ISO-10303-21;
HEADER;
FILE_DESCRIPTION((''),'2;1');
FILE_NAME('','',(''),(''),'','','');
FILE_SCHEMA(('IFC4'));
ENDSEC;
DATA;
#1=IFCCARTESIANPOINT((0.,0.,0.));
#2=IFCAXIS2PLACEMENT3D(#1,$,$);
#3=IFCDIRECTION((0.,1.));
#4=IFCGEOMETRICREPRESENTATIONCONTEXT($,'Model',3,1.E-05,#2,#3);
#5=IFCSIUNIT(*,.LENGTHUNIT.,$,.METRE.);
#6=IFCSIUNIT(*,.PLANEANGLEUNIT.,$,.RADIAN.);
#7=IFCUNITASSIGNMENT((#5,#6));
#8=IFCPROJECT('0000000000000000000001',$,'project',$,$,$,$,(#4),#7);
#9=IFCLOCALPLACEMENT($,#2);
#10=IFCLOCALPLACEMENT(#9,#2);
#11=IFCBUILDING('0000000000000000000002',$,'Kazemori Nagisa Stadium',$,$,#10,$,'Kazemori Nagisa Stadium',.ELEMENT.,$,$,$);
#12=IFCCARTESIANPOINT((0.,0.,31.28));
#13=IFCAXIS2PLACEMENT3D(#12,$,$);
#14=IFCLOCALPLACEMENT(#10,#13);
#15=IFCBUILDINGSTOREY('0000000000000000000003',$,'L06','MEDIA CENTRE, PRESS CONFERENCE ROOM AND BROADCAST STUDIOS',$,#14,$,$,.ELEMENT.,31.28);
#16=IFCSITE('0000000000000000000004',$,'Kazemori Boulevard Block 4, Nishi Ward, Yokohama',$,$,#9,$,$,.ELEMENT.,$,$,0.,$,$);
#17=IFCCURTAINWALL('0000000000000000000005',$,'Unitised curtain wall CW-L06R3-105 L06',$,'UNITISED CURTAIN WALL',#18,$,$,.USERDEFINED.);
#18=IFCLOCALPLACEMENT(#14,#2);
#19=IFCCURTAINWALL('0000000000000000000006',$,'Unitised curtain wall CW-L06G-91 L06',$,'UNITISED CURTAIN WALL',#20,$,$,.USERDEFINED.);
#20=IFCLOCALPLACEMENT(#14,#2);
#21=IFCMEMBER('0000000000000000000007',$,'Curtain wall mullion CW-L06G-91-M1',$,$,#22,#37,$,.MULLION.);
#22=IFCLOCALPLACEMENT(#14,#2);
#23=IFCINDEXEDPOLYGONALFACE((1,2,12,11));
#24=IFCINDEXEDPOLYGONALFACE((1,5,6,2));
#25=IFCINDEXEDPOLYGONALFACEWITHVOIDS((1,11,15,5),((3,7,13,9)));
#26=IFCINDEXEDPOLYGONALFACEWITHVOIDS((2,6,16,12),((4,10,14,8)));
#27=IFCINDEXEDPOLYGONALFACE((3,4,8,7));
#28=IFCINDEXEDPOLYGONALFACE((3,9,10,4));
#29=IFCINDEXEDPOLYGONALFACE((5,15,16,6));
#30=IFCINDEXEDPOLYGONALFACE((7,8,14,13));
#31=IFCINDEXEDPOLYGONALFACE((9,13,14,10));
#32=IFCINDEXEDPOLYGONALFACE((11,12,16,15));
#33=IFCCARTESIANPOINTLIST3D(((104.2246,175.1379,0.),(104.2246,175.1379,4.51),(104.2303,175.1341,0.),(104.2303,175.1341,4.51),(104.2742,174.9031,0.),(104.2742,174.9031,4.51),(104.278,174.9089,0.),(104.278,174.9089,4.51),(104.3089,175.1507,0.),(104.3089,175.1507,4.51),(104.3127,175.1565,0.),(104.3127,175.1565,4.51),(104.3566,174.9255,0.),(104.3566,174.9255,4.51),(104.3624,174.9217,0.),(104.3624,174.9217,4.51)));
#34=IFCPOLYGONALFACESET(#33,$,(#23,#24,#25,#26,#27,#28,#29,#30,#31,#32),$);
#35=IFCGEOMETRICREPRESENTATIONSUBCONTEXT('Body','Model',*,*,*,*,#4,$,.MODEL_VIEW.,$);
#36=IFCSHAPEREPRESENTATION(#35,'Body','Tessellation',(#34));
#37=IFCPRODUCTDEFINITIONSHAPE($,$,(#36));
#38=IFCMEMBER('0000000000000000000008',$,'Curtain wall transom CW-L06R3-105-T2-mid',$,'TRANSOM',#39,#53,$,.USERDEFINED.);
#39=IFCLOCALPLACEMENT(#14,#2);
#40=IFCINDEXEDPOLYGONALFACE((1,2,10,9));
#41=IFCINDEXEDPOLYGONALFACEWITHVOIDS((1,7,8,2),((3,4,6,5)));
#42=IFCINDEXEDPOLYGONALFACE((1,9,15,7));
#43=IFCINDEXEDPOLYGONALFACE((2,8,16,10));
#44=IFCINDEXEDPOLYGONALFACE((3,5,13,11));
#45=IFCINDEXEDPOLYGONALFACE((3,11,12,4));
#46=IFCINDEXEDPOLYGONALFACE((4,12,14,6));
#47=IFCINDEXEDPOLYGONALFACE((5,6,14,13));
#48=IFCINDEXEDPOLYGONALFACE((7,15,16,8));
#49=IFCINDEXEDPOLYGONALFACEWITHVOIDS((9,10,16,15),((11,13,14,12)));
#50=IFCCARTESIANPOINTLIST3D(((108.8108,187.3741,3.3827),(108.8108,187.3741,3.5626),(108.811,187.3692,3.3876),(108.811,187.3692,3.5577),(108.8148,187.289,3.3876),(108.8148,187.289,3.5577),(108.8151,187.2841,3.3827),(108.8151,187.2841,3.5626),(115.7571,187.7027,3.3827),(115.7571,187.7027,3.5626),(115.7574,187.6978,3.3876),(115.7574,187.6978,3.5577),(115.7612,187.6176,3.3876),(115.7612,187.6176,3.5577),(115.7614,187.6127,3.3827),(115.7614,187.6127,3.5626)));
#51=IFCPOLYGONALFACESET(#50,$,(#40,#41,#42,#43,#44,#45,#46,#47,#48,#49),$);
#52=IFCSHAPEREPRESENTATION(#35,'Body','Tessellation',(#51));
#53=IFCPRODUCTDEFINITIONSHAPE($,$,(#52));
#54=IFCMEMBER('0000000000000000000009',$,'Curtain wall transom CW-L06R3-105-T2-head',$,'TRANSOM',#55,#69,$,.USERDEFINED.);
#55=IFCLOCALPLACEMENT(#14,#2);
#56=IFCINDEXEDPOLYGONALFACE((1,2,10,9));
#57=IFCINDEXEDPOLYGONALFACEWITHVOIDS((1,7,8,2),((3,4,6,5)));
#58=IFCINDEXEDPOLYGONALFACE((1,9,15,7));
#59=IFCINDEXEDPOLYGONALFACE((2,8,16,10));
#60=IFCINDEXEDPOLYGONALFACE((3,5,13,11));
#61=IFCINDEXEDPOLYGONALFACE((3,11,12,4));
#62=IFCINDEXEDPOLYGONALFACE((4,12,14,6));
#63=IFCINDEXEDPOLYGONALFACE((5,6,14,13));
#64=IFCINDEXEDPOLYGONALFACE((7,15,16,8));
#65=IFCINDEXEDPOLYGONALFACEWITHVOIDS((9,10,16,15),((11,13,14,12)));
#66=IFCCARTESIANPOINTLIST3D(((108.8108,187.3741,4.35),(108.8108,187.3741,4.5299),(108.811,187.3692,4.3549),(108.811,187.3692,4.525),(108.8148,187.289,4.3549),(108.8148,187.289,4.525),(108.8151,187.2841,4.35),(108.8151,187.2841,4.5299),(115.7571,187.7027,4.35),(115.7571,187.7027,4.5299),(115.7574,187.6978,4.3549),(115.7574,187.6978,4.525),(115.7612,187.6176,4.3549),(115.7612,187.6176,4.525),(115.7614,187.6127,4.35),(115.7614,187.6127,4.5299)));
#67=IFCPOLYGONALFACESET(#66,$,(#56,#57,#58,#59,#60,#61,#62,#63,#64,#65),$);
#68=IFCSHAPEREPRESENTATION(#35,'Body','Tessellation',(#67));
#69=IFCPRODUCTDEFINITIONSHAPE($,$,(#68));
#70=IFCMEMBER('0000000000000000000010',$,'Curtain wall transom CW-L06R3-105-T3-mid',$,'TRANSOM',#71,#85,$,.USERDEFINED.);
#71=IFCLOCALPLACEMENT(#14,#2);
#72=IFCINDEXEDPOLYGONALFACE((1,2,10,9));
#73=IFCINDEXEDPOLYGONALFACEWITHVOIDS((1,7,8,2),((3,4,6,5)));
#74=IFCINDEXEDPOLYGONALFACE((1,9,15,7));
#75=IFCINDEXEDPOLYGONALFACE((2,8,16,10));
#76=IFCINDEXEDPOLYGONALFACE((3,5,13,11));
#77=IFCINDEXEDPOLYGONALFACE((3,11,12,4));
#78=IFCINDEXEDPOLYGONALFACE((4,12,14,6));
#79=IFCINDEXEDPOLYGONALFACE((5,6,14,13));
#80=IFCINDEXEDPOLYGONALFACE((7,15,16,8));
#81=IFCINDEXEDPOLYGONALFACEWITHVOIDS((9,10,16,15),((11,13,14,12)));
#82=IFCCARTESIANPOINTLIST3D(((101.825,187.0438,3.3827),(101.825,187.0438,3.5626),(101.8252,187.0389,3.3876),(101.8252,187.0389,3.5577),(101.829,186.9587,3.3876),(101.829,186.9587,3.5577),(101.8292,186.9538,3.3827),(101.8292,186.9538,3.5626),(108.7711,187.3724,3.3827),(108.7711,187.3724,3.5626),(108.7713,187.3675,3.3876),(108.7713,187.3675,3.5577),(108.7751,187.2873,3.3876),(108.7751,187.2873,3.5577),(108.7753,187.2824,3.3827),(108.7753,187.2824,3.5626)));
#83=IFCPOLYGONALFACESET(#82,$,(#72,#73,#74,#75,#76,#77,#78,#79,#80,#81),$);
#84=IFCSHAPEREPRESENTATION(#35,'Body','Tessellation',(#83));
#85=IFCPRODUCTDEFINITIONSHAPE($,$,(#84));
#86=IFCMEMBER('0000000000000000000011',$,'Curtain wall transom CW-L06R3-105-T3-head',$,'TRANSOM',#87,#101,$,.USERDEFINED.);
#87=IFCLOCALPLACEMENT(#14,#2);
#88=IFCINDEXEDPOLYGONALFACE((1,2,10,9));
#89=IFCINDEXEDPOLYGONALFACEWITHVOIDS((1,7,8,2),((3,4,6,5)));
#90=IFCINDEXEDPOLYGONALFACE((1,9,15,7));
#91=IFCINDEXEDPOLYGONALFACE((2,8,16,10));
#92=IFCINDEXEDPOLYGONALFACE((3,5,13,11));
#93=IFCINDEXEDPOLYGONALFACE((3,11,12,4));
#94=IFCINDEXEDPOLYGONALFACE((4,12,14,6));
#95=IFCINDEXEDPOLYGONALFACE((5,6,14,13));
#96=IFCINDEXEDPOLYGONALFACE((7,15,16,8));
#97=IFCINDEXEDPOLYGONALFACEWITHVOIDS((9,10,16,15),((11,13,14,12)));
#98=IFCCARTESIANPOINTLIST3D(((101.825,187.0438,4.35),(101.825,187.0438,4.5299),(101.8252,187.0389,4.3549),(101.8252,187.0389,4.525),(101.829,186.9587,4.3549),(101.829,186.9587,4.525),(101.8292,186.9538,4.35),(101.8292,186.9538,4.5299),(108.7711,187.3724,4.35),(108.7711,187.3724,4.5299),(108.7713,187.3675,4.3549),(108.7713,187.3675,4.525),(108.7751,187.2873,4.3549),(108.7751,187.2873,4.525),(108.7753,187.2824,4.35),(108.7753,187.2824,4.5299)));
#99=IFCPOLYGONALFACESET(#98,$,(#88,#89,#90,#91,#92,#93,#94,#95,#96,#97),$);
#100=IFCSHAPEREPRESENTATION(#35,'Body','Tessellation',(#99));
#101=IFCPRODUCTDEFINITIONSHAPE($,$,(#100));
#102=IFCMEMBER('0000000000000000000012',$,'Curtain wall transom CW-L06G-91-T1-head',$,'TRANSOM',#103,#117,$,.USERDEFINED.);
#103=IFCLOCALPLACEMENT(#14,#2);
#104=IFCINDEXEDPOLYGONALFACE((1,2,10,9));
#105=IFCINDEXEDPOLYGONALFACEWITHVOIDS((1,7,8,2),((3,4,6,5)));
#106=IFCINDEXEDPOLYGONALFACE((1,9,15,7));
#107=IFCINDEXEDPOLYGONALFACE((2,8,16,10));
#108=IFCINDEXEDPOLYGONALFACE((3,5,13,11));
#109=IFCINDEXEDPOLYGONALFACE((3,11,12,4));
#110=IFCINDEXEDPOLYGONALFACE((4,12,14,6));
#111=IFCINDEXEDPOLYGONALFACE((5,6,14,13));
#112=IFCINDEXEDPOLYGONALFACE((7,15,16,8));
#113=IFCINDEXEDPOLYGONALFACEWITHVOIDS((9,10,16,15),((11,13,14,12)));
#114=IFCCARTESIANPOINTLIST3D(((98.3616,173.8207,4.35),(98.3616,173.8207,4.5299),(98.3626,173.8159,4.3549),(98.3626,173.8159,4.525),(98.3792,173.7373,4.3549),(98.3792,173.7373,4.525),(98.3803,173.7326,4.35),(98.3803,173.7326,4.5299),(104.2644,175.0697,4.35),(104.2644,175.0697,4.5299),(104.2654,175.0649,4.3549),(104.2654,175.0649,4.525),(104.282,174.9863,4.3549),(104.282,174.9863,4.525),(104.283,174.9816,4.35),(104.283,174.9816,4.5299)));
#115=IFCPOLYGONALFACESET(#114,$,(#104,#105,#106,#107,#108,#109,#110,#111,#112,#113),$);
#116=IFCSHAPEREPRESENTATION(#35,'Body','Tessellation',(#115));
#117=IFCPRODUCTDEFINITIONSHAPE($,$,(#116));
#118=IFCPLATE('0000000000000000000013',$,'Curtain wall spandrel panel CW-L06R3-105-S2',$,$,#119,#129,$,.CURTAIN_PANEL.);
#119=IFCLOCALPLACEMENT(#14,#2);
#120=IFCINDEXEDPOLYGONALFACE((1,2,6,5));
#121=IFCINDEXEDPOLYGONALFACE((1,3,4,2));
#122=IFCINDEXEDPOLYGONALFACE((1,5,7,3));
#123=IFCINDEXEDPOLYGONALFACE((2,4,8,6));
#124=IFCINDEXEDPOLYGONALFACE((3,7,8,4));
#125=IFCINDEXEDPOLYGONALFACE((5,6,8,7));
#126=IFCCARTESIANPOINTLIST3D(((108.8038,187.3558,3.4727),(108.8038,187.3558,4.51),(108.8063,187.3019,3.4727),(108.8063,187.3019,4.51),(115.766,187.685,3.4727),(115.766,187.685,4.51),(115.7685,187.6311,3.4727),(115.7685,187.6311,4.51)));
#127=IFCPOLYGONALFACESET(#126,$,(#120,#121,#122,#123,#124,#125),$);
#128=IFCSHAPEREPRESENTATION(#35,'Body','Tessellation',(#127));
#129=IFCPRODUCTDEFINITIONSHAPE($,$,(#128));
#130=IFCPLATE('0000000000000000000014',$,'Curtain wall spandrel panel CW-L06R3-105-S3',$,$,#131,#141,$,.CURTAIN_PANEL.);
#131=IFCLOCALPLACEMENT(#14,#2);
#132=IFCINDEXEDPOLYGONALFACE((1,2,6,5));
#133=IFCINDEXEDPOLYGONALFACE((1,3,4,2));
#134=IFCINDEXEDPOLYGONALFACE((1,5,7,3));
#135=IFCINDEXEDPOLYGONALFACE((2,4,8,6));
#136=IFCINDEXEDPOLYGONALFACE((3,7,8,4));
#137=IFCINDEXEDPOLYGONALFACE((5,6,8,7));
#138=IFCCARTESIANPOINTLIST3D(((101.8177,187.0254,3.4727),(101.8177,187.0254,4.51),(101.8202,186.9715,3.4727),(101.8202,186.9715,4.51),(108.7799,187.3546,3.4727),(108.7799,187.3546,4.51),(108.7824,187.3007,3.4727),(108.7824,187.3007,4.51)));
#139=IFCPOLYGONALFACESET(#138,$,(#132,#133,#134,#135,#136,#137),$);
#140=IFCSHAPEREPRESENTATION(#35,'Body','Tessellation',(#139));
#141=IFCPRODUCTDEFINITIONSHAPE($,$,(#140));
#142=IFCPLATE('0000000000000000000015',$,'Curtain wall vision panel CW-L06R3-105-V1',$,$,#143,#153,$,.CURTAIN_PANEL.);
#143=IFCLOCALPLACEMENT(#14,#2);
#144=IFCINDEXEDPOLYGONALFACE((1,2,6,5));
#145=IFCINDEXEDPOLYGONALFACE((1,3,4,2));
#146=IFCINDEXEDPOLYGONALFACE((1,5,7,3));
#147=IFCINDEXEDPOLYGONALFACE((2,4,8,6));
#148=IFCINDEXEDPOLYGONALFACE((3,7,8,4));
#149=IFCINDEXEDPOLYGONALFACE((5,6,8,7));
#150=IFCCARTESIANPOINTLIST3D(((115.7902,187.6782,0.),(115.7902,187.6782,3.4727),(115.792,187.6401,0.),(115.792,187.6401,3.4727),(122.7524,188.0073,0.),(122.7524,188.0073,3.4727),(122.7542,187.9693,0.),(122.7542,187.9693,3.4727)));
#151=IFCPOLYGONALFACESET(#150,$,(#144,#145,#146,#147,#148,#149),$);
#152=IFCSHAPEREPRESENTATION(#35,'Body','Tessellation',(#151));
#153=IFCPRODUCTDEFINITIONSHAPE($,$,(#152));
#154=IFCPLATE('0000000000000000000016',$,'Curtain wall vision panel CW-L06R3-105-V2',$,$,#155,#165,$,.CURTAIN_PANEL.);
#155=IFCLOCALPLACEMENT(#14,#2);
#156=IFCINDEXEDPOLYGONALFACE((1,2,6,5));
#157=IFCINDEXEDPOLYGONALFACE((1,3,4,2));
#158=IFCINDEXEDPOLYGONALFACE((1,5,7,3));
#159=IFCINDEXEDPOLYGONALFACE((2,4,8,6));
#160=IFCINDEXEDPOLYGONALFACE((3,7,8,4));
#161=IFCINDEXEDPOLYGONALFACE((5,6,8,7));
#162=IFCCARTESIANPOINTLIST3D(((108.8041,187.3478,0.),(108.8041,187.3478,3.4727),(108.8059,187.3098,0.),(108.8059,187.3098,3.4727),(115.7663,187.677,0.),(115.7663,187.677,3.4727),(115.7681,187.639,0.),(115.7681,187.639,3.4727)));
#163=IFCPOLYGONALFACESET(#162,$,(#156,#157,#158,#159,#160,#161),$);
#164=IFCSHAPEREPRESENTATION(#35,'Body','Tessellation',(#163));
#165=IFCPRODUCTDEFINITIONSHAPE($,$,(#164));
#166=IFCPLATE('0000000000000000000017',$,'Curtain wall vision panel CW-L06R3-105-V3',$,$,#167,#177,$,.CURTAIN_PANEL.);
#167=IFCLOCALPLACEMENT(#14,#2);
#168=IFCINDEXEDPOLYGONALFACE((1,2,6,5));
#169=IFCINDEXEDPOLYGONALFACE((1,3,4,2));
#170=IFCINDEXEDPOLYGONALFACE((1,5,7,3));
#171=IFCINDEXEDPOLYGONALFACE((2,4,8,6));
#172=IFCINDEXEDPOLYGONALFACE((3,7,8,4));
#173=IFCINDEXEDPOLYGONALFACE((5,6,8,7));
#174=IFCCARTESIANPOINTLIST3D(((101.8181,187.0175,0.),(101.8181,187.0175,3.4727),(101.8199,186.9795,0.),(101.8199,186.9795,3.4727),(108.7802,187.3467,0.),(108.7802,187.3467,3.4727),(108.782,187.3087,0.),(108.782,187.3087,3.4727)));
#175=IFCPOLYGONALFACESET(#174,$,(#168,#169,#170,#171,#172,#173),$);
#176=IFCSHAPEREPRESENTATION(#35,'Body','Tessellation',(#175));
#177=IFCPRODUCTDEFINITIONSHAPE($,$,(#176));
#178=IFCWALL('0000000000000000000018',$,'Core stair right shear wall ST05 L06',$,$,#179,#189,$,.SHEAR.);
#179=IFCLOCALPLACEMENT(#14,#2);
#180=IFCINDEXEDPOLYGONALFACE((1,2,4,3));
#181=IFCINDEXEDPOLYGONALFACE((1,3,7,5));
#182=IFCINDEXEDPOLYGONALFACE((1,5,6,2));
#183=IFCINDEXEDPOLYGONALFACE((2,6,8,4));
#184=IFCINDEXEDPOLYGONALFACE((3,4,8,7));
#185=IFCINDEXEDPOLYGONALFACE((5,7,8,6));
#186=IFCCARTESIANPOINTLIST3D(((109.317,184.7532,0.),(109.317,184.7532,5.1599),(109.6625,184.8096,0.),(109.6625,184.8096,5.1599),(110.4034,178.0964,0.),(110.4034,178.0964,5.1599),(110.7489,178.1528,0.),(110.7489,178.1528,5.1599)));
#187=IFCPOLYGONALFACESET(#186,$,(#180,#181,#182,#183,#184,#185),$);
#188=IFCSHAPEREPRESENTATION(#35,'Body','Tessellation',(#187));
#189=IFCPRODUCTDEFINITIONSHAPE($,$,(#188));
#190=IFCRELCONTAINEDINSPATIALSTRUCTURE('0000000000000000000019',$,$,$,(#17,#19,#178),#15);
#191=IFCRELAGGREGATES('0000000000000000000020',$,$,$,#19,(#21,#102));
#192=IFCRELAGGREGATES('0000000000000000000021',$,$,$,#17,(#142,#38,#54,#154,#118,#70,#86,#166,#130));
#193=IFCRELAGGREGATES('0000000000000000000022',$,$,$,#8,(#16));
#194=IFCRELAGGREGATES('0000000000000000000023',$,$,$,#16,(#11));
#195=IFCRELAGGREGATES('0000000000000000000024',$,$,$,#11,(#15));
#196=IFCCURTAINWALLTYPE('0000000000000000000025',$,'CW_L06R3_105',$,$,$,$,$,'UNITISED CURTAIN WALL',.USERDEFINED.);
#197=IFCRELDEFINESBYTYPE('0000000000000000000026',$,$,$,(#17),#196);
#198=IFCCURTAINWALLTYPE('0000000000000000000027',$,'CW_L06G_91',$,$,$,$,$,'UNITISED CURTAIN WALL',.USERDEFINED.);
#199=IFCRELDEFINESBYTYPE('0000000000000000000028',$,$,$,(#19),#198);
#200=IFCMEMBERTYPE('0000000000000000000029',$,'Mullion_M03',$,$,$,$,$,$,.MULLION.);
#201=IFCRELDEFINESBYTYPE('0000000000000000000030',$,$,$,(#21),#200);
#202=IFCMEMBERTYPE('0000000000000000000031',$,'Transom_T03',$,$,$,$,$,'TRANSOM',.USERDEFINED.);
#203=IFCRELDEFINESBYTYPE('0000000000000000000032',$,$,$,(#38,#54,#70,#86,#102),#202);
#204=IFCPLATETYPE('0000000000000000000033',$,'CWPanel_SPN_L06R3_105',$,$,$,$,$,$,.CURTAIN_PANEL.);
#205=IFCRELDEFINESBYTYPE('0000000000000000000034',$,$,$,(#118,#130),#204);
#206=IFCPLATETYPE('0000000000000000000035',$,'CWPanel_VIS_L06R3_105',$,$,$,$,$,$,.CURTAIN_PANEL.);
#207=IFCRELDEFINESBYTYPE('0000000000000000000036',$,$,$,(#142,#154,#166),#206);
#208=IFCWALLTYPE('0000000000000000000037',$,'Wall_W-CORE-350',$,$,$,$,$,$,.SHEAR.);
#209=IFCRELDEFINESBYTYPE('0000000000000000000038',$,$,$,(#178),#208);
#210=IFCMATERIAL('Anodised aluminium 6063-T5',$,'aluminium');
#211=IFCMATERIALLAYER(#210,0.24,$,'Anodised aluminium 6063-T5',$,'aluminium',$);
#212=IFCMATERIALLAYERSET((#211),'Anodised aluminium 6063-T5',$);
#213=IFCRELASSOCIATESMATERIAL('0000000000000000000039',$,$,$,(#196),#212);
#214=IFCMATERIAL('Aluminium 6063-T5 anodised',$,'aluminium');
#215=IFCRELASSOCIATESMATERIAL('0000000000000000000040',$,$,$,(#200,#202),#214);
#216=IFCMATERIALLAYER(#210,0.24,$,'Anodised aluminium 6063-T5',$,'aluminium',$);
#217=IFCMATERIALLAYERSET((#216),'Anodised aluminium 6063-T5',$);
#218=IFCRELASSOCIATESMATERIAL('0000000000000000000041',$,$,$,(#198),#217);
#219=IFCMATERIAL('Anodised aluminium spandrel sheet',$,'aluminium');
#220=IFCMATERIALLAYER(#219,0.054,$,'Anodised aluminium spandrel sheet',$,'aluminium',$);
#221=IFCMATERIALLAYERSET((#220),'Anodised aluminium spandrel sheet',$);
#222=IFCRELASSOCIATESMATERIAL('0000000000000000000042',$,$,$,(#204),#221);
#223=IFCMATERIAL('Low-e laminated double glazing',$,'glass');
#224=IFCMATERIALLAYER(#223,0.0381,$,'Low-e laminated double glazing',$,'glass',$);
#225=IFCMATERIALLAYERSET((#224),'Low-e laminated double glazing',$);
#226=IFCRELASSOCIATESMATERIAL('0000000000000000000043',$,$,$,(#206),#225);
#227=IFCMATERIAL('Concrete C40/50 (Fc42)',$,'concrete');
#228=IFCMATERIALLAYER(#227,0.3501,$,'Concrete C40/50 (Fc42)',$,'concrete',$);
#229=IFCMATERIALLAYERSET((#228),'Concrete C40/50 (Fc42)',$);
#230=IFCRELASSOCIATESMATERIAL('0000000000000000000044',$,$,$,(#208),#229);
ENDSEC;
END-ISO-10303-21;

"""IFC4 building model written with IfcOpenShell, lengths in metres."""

from ifc_helpers import new_model, si_unit, direction, frame, frame_2d, origin, origin_2d, place, context, subcontext, project, spatial, rectangle, hollow_rectangle, extrude, material, layer, layer_set, material_profile, profile_set, type_object, element, aggregate, save


model = new_model("IFC4")

# Units and contexts
model_context = context("Model", 3, precision=1e-05, world=origin(), true_north=direction((0.0, 1.0)))
body_context = subcontext(model_context, "Body", "Model", "MODEL_VIEW")
ifc_project = project(units=[si_unit("LENGTHUNIT", "METRE"), si_unit("PLANEANGLEUNIT", "RADIAN")], contexts=[model_context])

# Site, building, storey
site_placement = place(None, origin())
site = spatial("IfcSite", under=ifc_project, at=site_placement, Name="Kazemori Boulevard Block 4, Nishi Ward, Yokohama", CompositionType="ELEMENT", RefElevation=0.0)
building_placement = place(site_placement, origin())
building = spatial("IfcBuilding", under=site, at=building_placement, Name="Kazemori Nagisa Stadium", LongName="Kazemori Nagisa Stadium", CompositionType="ELEMENT")
storey_placement = place(building_placement, frame((0.0, 0.0, 31.28)))
storey = spatial("IfcBuildingStorey", under=building, at=storey_placement, Name="L06", Description="MEDIA CENTRE, PRESS CONFERENCE ROOM AND BROADCAST STUDIOS", CompositionType="ELEMENT", Elevation=31.28)

# Curtain wall
ifc_material_1 = material(Name="Anodised aluminium 6063-T5", Category="aluminium")
ifc_layer_1 = layer(ifc_material_1, 0.24, Name="Anodised aluminium 6063-T5", Category="aluminium")
ifc_layer_set_1 = layer_set([ifc_layer_1], Name="Anodised aluminium 6063-T5")
curtain_wall_type_1 = type_object("IfcCurtainWallType", Name="CW_L06R3_105", ElementType="UNITISED CURTAIN WALL", PredefinedType="USERDEFINED", material=ifc_layer_set_1)
curtain_wall_1_placement = place(storey_placement, origin())
curtain_wall_1 = element("IfcCurtainWall", 1, at=curtain_wall_1_placement, inside=storey, type_object=curtain_wall_type_1, Name="Unitised curtain wall CW-L06R3-105 L06", ObjectType="UNITISED CURTAIN WALL", PredefinedType="USERDEFINED")
ifc_material_2 = material(Name="Aluminium 6063-T5 anodised", Category="aluminium")
ifc_material_profile_1 = material_profile(ifc_material_2, hollow_rectangle(XDim=0.0901, YDim=0.24, WallThickness=0.0049, at=origin_2d()), Name="ALU-MULL-90x240x5")
ifc_profile_set_1 = profile_set([ifc_material_profile_1], Name="Aluminium 6063-T5 anodised")
member_type_1 = type_object("IfcMemberType", Name="Mullion_M03", PredefinedType="MULLION", material=ifc_profile_set_1)

# Curtain wall, member
ifc_layer_2 = layer(ifc_material_1, 0.24, Name="Anodised aluminium 6063-T5", Category="aluminium")
ifc_layer_set_2 = layer_set([ifc_layer_2], Name="Anodised aluminium 6063-T5")
curtain_wall_type_2 = type_object("IfcCurtainWallType", Name="CW_L06G_91", ElementType="UNITISED CURTAIN WALL", PredefinedType="USERDEFINED", material=ifc_layer_set_2)
curtain_wall_2_placement = place(storey_placement, origin())
curtain_wall_2 = element("IfcCurtainWall", 2, at=curtain_wall_2_placement, inside=storey, type_object=curtain_wall_type_2, Name="Unitised curtain wall CW-L06G-91 L06", ObjectType="UNITISED CURTAIN WALL", PredefinedType="USERDEFINED")
member_1_placement = place(storey_placement, frame((104.2935, 175.0298, 0.0), z_axis=(0.0, 0.0, 1.0), x_axis=(-0.978345, -0.206981, 0.0)))
member_1 = element("IfcMember", 3, at=member_1_placement, type_object=member_type_1, Name="Curtain wall mullion CW-L06G-91-M1", PredefinedType="MULLION", context=body_context, shape_type="SweptSolid", body=[
    extrude(hollow_rectangle(XDim=0.0901, YDim=0.24, WallThickness=0.0049, at=origin_2d()), origin(), (0.0, 0.0, 1.0), 4.51),
])

# Members
ifc_material_profile_2 = material_profile(ifc_material_2, hollow_rectangle(XDim=0.0901, YDim=0.1799, WallThickness=0.0049, at=origin_2d()), Name="ALU-TRAN-90x180x5")
ifc_profile_set_2 = profile_set([ifc_material_profile_2], Name="Aluminium 6063-T5 anodised")
member_type_2 = type_object("IfcMemberType", Name="Transom_T03", ElementType="TRANSOM", PredefinedType="USERDEFINED", material=ifc_profile_set_2)
member_2_placement = place(storey_placement, frame((115.7593, 187.6577, 3.4727), z_axis=(-0.998883, -0.047255, 0.0), x_axis=(0.047255, -0.998883, 0.0)))
member_2 = element("IfcMember", 4, at=member_2_placement, type_object=member_type_2, Name="Curtain wall transom CW-L06R3-105-T2-mid", ObjectType="TRANSOM", PredefinedType="USERDEFINED", context=body_context, shape_type="SweptSolid", body=[
    extrude(hollow_rectangle(XDim=0.0901, YDim=0.1799, WallThickness=0.0049, at=origin_2d()), origin(), (0.0, 0.0, 1.0), 6.9541),
])
member_3_placement = place(storey_placement, frame((115.7593, 187.6577, 4.4399), z_axis=(-0.998883, -0.047255, 0.0), x_axis=(0.047255, -0.998883, 0.0)))
member_3 = element("IfcMember", 5, at=member_3_placement, type_object=member_type_2, Name="Curtain wall transom CW-L06R3-105-T2-head", ObjectType="TRANSOM", PredefinedType="USERDEFINED", context=body_context, shape_type="SweptSolid", body=[
    extrude(hollow_rectangle(XDim=0.0901, YDim=0.1799, WallThickness=0.0049, at=origin_2d()), origin(), (0.0, 0.0, 1.0), 6.9541),
])
member_4_placement = place(storey_placement, frame((108.7732, 187.3274, 3.4727), z_axis=(-0.998883, -0.047257, 0.0), x_axis=(0.047257, -0.998883, 0.0)))
member_4 = element("IfcMember", 6, at=member_4_placement, type_object=member_type_2, Name="Curtain wall transom CW-L06R3-105-T3-mid", ObjectType="TRANSOM", PredefinedType="USERDEFINED", context=body_context, shape_type="SweptSolid", body=[
    extrude(hollow_rectangle(XDim=0.0901, YDim=0.1799, WallThickness=0.0049, at=origin_2d()), origin(), (0.0, 0.0, 1.0), 6.9539),
])
member_5_placement = place(storey_placement, frame((108.7732, 187.3274, 4.4399), z_axis=(-0.998883, -0.047257, 0.0), x_axis=(0.047257, -0.998883, 0.0)))
member_5 = element("IfcMember", 7, at=member_5_placement, type_object=member_type_2, Name="Curtain wall transom CW-L06R3-105-T3-head", ObjectType="TRANSOM", PredefinedType="USERDEFINED", context=body_context, shape_type="SweptSolid", body=[
    extrude(hollow_rectangle(XDim=0.0901, YDim=0.1799, WallThickness=0.0049, at=origin_2d()), origin(), (0.0, 0.0, 1.0), 6.9539),
])
member_6_placement = place(storey_placement, frame((104.2737, 175.0256, 4.4399), z_axis=(-0.978338, -0.207014, 0.0), x_axis=(0.207014, -0.978338, 0.0)))
member_6 = element("IfcMember", 8, at=member_6_placement, type_object=member_type_2, Name="Curtain wall transom CW-L06G-91-T1-head", ObjectType="TRANSOM", PredefinedType="USERDEFINED", context=body_context, shape_type="SweptSolid", body=[
    extrude(hollow_rectangle(XDim=0.0901, YDim=0.1799, WallThickness=0.0049, at=origin_2d()), origin(), (0.0, 0.0, 1.0), 6.0334),
])
aggregate(curtain_wall_2, [member_1, member_6])

# Plates
ifc_material_3 = material(Name="Anodised aluminium spandrel sheet", Category="aluminium")
ifc_layer_3 = layer(ifc_material_3, 0.054, Name="Anodised aluminium spandrel sheet", Category="aluminium")
ifc_layer_set_3 = layer_set([ifc_layer_3], Name="Anodised aluminium spandrel sheet")
plate_type_1 = type_object("IfcPlateType", Name="CWPanel_SPN_L06R3_105", PredefinedType="CURTAIN_PANEL", material=ifc_layer_set_3)
plate_1_placement = place(storey_placement, frame((112.2861, 187.4934, 3.4727), z_axis=(0.0, 0.0, 1.0), x_axis=(-0.998884, -0.04723, 0.0)))
plate_1 = element("IfcPlate", 9, at=plate_1_placement, type_object=plate_type_1, Name="Curtain wall spandrel panel CW-L06R3-105-S2", PredefinedType="CURTAIN_PANEL", context=body_context, shape_type="SweptSolid", body=[
    extrude(rectangle(XDim=6.97, YDim=0.054, at=origin_2d()), origin(), (0.0, 0.0, 1.0), 1.0374),
])
plate_2_placement = place(storey_placement, frame((105.3, 187.1631, 3.4727), z_axis=(0.0, 0.0, 1.0), x_axis=(-0.998884, -0.04723, 0.0)))
plate_2 = element("IfcPlate", 10, at=plate_2_placement, type_object=plate_type_1, Name="Curtain wall spandrel panel CW-L06R3-105-S3", PredefinedType="CURTAIN_PANEL", context=body_context, shape_type="SweptSolid", body=[
    extrude(rectangle(XDim=6.97, YDim=0.054, at=origin_2d()), origin(), (0.0, 0.0, 1.0), 1.0374),
])
ifc_material_4 = material(Name="Low-e laminated double glazing", Category="glass")
ifc_layer_4 = layer(ifc_material_4, 0.0381, Name="Low-e laminated double glazing", Category="glass")
ifc_layer_set_4 = layer_set([ifc_layer_4], Name="Low-e laminated double glazing")
plate_type_2 = type_object("IfcPlateType", Name="CWPanel_VIS_L06R3_105", PredefinedType="CURTAIN_PANEL", material=ifc_layer_set_4)
plate_3_placement = place(storey_placement, frame((119.2722, 187.8237, 0.0), z_axis=(0.0, 0.0, 1.0), x_axis=(-0.998884, -0.04723, 0.0)))
plate_3 = element("IfcPlate", 11, at=plate_3_placement, type_object=plate_type_2, Name="Curtain wall vision panel CW-L06R3-105-V1", PredefinedType="CURTAIN_PANEL", context=body_context, shape_type="SweptSolid", body=[
    extrude(rectangle(XDim=6.97, YDim=0.0381, at=origin_2d()), origin(), (0.0, 0.0, 1.0), 3.4727),
])
plate_4_placement = place(storey_placement, frame((112.2861, 187.4934, 0.0), z_axis=(0.0, 0.0, 1.0), x_axis=(-0.998884, -0.04723, 0.0)))
plate_4 = element("IfcPlate", 12, at=plate_4_placement, type_object=plate_type_2, Name="Curtain wall vision panel CW-L06R3-105-V2", PredefinedType="CURTAIN_PANEL", context=body_context, shape_type="SweptSolid", body=[
    extrude(rectangle(XDim=6.97, YDim=0.0381, at=origin_2d()), origin(), (0.0, 0.0, 1.0), 3.4727),
])
plate_5_placement = place(storey_placement, frame((105.3, 187.1631, 0.0), z_axis=(0.0, 0.0, 1.0), x_axis=(-0.998884, -0.04723, 0.0)))
plate_5 = element("IfcPlate", 13, at=plate_5_placement, type_object=plate_type_2, Name="Curtain wall vision panel CW-L06R3-105-V3", PredefinedType="CURTAIN_PANEL", context=body_context, shape_type="SweptSolid", body=[
    extrude(rectangle(XDim=6.97, YDim=0.0381, at=origin_2d()), origin(), (0.0, 0.0, 1.0), 3.4727),
])
aggregate(curtain_wall_1, [plate_3, member_2, member_3, plate_4, plate_1, member_4, member_5, plate_5, plate_2])

# Wall
ifc_material_5 = material(Name="Concrete C40/50 (Fc42)", Category="concrete")
ifc_layer_5 = layer(ifc_material_5, 0.3501, Name="Concrete C40/50 (Fc42)", Category="concrete")
ifc_layer_set_5 = layer_set([ifc_layer_5], Name="Concrete C40/50 (Fc42)")
wall_type_1 = type_object("IfcWallType", Name="Wall_W-CORE-350", PredefinedType="SHEAR", material=ifc_layer_set_5)
wall_1_placement = place(storey_placement, frame((110.5762, 178.1245, 0.0), z_axis=(0.0, 0.0, 1.0), x_axis=(-0.161076, 0.986942, 0.0)))
element("IfcWall", 14, at=wall_1_placement, inside=storey, type_object=wall_type_1, Name="Core stair right shear wall ST05 L06", PredefinedType="SHEAR", context=body_context, shape_type="SweptSolid", body=[
    extrude(rectangle(XDim=6.7449, YDim=0.3501, at=frame_2d((3.3726, 0.0))), origin(), (0.0, 0.0, 1.0), 5.1599),
])

save(model, "model.ifc")
